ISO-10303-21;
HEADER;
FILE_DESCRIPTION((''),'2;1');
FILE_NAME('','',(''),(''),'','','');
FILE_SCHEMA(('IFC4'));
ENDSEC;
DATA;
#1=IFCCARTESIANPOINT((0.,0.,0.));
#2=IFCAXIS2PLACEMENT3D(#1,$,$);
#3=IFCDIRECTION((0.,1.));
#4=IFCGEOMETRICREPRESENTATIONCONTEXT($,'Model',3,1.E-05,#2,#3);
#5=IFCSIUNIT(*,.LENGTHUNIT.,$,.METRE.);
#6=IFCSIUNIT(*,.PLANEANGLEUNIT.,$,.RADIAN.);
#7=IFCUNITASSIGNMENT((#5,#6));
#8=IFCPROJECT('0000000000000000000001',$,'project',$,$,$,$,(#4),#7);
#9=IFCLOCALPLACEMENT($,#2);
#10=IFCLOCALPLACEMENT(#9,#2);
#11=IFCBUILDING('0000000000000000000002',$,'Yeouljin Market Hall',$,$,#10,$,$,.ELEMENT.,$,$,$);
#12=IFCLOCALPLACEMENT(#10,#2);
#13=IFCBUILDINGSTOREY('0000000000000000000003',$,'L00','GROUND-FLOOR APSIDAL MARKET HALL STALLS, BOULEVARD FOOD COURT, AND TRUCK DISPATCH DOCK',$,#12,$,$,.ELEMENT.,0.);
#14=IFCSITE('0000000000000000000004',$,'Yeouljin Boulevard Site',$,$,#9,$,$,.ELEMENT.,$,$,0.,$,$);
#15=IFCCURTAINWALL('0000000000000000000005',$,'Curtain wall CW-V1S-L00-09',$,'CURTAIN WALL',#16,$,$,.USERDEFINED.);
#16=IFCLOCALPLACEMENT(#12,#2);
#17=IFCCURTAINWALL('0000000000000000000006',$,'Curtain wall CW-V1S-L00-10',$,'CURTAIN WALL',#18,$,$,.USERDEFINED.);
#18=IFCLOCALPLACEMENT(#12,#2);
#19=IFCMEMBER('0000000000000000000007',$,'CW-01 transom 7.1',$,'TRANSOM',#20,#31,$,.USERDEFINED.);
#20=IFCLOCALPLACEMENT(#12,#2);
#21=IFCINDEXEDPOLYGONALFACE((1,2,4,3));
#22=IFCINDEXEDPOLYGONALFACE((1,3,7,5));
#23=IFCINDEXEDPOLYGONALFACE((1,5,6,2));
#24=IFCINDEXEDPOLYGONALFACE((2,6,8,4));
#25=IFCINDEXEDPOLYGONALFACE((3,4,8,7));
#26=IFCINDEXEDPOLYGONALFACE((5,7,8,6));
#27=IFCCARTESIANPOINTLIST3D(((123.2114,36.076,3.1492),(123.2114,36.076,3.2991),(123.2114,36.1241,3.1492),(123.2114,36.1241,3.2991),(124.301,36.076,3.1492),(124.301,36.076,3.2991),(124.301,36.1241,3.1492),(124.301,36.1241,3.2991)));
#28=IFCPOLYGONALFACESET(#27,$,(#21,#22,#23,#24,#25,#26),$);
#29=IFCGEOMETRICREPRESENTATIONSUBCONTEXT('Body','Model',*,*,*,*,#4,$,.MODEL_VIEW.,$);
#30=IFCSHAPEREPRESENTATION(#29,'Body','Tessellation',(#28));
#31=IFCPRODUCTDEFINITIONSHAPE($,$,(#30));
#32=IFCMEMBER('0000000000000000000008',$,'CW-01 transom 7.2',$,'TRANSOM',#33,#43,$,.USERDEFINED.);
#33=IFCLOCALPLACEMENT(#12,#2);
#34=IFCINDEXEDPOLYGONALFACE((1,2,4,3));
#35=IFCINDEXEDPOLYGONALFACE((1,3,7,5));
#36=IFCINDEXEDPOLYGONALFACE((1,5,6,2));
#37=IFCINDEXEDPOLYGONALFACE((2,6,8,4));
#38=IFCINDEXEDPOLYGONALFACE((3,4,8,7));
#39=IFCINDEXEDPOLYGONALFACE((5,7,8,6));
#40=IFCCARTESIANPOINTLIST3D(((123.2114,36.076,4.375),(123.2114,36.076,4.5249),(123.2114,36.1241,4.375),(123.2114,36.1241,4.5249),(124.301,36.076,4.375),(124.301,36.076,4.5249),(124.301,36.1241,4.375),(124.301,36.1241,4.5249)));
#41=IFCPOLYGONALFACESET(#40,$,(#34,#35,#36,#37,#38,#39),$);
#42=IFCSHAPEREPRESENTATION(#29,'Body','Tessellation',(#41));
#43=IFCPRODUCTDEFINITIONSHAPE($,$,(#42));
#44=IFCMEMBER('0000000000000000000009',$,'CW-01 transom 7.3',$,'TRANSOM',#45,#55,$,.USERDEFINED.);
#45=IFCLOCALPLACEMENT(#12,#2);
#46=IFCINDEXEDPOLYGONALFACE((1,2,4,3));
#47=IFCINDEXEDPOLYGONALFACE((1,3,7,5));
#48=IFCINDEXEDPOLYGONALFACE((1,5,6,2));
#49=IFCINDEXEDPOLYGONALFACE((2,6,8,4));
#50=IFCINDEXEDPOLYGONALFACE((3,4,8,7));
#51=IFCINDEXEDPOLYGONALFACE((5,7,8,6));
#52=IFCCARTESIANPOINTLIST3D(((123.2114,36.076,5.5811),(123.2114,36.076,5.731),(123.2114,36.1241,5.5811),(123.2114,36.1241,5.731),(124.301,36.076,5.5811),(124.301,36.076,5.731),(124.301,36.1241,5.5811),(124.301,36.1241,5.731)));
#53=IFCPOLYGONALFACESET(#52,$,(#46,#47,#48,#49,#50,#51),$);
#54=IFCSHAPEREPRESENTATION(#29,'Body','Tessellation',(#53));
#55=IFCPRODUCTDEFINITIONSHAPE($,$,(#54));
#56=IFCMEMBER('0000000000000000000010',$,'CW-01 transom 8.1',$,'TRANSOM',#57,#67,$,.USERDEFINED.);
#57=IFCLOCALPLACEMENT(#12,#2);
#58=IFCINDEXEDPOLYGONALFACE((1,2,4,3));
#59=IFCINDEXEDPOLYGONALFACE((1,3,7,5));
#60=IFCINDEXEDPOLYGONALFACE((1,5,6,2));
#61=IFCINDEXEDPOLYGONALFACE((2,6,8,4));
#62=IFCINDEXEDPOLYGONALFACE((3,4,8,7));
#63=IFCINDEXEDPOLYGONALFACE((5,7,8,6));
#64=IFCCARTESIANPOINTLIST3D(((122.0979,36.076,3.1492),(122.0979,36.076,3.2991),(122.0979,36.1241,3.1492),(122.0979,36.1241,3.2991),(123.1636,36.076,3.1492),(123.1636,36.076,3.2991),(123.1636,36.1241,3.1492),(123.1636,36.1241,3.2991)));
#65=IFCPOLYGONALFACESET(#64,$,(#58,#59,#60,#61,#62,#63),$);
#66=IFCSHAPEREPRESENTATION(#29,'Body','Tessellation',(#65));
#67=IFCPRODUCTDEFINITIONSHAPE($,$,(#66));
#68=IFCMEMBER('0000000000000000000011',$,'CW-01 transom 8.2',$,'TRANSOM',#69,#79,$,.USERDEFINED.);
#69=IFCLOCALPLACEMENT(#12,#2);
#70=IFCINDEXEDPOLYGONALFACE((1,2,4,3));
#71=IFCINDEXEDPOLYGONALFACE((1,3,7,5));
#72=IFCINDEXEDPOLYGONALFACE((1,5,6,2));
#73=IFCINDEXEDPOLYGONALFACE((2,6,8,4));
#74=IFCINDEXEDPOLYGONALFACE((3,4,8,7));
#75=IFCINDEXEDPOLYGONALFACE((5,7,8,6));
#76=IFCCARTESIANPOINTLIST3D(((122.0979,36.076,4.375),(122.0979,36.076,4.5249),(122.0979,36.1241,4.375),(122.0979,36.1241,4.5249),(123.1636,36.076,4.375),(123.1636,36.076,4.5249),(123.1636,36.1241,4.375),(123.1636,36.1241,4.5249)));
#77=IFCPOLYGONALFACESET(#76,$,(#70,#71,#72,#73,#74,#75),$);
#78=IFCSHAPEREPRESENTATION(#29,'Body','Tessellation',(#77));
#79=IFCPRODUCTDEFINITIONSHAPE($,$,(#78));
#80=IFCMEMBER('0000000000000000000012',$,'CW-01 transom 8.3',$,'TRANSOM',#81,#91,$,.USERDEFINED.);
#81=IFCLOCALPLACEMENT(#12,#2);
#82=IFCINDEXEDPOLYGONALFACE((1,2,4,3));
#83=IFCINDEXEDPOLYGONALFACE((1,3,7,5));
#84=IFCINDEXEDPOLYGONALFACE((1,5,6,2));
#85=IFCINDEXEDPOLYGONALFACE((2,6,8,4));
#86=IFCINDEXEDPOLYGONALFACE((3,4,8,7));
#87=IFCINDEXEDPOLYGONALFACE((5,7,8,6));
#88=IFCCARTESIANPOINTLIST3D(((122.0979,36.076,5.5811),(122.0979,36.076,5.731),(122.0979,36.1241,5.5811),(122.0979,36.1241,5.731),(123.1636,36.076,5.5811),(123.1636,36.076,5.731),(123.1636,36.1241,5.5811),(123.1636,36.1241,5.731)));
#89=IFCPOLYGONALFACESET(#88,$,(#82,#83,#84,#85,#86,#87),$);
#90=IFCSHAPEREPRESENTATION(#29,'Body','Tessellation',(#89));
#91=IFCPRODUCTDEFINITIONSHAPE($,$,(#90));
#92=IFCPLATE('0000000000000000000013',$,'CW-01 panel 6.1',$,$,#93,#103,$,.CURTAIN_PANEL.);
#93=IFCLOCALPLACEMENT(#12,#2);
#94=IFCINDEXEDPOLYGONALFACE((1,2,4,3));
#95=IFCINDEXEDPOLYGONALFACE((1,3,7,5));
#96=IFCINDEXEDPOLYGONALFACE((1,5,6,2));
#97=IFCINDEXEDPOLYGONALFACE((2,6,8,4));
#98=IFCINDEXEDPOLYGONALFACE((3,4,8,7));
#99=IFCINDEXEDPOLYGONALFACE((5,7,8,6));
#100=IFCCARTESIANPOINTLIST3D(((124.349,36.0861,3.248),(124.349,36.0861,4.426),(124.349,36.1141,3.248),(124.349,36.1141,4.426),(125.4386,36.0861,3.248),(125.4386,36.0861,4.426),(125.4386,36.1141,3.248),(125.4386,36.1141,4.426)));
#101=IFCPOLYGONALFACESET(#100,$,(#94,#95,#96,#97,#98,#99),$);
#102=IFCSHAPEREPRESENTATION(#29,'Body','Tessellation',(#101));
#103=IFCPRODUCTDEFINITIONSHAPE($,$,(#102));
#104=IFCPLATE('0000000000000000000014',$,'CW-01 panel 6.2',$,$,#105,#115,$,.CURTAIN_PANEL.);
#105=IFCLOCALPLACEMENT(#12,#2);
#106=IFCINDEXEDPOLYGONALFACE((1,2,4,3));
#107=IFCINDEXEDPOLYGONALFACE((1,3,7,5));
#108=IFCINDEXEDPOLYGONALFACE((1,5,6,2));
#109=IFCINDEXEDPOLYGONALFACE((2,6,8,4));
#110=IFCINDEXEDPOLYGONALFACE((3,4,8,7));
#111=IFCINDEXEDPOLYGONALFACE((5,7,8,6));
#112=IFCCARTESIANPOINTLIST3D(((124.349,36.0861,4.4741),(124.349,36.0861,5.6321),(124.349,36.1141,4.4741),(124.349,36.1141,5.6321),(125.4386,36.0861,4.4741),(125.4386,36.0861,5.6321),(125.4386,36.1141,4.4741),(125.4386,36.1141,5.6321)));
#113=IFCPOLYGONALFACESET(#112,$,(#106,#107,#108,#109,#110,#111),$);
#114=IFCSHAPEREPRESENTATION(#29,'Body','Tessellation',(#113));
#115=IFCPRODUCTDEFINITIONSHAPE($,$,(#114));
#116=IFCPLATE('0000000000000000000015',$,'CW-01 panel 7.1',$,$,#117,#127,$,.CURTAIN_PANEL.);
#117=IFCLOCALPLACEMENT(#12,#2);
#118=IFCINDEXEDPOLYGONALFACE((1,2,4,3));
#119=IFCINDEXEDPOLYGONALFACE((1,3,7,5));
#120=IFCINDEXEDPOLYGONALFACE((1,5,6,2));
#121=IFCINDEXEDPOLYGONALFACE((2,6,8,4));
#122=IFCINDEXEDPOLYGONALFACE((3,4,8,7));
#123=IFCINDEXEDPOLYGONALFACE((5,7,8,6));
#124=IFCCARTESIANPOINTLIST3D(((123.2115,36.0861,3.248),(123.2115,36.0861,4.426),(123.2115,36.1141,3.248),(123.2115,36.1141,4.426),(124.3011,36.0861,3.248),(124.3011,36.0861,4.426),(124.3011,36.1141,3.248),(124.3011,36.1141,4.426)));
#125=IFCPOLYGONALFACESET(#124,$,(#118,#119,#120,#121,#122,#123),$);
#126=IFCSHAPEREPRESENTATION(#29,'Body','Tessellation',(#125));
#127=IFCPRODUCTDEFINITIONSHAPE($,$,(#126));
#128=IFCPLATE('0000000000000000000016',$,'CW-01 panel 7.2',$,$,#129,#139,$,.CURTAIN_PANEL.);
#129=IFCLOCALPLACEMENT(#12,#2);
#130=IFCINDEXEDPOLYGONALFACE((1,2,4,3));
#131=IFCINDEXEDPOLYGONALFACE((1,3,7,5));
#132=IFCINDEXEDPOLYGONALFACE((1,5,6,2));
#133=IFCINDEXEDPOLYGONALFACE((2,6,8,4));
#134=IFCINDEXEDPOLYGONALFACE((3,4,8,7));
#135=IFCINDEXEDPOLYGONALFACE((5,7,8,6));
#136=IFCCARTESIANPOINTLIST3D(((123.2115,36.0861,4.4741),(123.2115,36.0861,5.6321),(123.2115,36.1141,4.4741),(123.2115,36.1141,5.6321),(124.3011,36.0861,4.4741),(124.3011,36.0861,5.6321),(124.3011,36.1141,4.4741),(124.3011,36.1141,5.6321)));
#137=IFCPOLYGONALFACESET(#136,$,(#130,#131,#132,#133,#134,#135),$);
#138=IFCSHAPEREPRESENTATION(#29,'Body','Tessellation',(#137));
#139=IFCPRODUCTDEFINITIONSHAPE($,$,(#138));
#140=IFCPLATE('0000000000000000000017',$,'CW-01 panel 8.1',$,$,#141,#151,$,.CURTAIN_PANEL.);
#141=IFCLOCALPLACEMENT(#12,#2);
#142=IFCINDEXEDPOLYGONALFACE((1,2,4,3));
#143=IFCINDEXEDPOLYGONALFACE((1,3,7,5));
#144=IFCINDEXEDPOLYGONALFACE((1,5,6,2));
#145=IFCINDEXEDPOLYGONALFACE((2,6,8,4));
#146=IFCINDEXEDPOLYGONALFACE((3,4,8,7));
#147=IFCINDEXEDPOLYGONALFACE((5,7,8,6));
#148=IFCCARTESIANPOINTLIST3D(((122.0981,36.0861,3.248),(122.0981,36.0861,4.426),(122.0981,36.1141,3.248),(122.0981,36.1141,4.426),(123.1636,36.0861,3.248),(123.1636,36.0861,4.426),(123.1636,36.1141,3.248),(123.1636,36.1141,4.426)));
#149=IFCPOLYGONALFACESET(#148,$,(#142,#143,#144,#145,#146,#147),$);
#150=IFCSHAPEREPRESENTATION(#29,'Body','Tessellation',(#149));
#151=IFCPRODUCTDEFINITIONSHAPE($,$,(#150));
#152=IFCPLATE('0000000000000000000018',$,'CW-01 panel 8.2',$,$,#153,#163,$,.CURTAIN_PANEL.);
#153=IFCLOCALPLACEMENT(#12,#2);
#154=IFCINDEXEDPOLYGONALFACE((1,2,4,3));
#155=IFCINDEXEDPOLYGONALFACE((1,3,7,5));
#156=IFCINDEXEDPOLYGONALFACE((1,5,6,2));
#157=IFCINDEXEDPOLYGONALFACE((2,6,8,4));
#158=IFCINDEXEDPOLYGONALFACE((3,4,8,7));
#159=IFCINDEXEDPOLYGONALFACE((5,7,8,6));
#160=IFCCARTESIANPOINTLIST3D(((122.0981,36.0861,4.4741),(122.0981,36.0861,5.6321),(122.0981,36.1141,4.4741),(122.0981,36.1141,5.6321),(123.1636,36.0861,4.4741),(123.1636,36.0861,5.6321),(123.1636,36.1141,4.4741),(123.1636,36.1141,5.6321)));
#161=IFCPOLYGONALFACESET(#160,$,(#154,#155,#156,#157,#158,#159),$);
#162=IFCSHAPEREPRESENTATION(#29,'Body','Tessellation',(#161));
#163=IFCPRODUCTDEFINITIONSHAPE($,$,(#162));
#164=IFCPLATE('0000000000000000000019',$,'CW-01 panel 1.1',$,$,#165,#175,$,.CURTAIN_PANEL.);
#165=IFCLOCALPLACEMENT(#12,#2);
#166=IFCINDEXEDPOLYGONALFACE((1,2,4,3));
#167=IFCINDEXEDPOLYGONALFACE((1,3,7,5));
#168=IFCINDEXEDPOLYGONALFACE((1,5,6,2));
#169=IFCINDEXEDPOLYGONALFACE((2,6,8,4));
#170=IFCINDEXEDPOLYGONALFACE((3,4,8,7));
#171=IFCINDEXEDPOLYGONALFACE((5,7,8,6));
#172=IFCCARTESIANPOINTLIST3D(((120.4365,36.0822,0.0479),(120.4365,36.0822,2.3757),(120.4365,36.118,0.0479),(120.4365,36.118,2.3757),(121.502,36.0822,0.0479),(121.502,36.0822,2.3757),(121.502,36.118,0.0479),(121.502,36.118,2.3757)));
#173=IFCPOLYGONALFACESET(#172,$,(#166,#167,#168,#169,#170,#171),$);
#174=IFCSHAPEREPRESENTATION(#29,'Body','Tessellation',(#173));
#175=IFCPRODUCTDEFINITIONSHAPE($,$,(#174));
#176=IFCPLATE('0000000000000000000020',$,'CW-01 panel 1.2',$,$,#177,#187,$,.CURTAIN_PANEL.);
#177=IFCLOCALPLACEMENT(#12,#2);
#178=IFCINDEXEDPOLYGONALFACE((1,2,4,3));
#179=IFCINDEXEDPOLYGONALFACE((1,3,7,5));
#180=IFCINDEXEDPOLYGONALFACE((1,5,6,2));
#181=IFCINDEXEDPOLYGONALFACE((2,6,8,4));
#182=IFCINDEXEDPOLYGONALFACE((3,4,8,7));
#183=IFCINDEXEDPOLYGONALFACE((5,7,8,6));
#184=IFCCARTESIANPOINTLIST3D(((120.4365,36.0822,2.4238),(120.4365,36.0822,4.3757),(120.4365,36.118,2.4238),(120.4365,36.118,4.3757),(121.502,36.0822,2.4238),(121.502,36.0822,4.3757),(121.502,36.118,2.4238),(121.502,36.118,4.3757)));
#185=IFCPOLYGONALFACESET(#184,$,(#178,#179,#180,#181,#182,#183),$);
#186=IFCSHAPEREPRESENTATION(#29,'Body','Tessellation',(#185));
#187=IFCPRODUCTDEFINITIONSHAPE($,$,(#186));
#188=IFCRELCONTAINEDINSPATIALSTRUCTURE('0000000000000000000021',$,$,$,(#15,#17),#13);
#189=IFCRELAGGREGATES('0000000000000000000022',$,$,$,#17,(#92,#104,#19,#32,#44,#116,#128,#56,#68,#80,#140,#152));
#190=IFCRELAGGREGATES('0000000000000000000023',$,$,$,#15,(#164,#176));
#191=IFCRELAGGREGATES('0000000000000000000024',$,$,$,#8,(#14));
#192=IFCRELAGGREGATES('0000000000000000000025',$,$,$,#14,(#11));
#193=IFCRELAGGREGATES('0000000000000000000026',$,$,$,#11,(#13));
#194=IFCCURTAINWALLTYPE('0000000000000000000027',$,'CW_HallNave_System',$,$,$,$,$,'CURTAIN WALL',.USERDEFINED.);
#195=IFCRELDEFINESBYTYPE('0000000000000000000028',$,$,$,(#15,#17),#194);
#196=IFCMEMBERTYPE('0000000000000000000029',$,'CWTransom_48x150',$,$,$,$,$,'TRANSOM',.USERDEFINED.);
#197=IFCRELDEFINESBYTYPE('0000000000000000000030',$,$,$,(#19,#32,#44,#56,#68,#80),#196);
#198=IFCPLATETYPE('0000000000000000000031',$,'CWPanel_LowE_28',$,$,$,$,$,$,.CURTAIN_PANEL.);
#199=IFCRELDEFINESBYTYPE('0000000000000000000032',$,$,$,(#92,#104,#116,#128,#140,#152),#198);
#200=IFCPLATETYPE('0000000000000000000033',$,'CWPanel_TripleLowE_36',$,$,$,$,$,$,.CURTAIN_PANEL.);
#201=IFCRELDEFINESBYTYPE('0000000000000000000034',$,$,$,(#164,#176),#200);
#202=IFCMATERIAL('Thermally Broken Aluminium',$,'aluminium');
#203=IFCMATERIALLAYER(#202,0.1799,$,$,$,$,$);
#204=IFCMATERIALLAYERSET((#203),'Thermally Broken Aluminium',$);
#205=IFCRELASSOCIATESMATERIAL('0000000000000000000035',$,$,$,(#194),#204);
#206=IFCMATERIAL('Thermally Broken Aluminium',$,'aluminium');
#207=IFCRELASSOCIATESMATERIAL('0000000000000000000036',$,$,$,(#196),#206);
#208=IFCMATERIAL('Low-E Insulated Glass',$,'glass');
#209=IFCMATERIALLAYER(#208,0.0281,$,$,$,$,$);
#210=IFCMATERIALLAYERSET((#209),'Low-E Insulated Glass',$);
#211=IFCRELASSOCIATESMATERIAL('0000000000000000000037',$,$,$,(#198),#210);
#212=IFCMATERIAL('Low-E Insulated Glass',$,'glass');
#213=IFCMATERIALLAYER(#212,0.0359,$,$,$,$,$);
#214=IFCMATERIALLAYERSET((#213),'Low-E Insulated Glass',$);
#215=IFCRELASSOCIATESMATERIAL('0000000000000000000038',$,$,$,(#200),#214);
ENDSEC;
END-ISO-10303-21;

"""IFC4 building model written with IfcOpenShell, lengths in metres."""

from ifc_helpers import new_model, si_unit, direction, frame, origin, origin_2d, place, context, subcontext, project, spatial, rectangle, extrude, material, layer, layer_set, material_profile, profile_set, type_object, element, aggregate, save


model = new_model("IFC4")

# Units and contexts
model_context = context("Model", 3, precision=1e-05, world=origin(), true_north=direction((0.0, 1.0)))
body_context = subcontext(model_context, "Body", "Model", "MODEL_VIEW")
ifc_project = project(units=[si_unit("LENGTHUNIT", "METRE"), si_unit("PLANEANGLEUNIT", "RADIAN")], contexts=[model_context])

# Site, building, storey
site_placement = place(None, origin())
site = spatial("IfcSite", under=ifc_project, at=site_placement, Name="Yeouljin Boulevard Site", CompositionType="ELEMENT", RefElevation=0.0)
building_placement = place(site_placement, origin())
building = spatial("IfcBuilding", under=site, at=building_placement, Name="Yeouljin Market Hall", CompositionType="ELEMENT")
storey_placement = place(building_placement, origin())
storey = spatial("IfcBuildingStorey", under=building, at=storey_placement, Name="L00", Description="GROUND-FLOOR APSIDAL MARKET HALL STALLS, BOULEVARD FOOD COURT, AND TRUCK DISPATCH DOCK", CompositionType="ELEMENT", Elevation=0.0)

# Curtain walls
ifc_material_1 = material(Name="Thermally Broken Aluminium", Category="aluminium")
ifc_layer_1 = layer(ifc_material_1, 0.1799)
ifc_layer_set_1 = layer_set([ifc_layer_1], Name="Thermally Broken Aluminium")
curtain_wall_type = type_object("IfcCurtainWallType", Name="CW_HallNave_System", ElementType="CURTAIN WALL", PredefinedType="USERDEFINED", material=ifc_layer_set_1)
curtain_wall_1_placement = place(storey_placement, origin())
curtain_wall_1 = element("IfcCurtainWall", 1, at=curtain_wall_1_placement, inside=storey, type_object=curtain_wall_type, Name="Curtain wall CW-V1S-L00-09", ObjectType="CURTAIN WALL", PredefinedType="USERDEFINED")
curtain_wall_2_placement = place(storey_placement, origin())
curtain_wall_2 = element("IfcCurtainWall", 2, at=curtain_wall_2_placement, inside=storey, type_object=curtain_wall_type, Name="Curtain wall CW-V1S-L00-10", ObjectType="CURTAIN WALL", PredefinedType="USERDEFINED")

# Members
ifc_material_2 = material(Name="Thermally Broken Aluminium", Category="aluminium")
ifc_material_profile_1 = material_profile(ifc_material_2, rectangle(XDim=0.0481, YDim=0.1499, at=origin_2d()), Name="CW-TRAN-48x150")
ifc_profile_set_1 = profile_set([ifc_material_profile_1], Name="Thermally Broken Aluminium")
member_type_1 = type_object("IfcMemberType", Name="CWTransom_48x150", ElementType="TRANSOM", PredefinedType="USERDEFINED", material=ifc_profile_set_1)
member_1_placement = place(storey_placement, frame((124.301, 36.1001, 3.2241), z_axis=(-1.0, 0.0, 0.0), x_axis=(0.0, -1.0, 0.0)))
member_1 = element("IfcMember", 3, at=member_1_placement, type_object=member_type_1, Name="CW-01 transom 7.1", ObjectType="TRANSOM", PredefinedType="USERDEFINED", context=body_context, shape_type="SweptSolid", body=[
    extrude(rectangle(XDim=0.0481, YDim=0.1499, at=origin_2d()), origin(), (0.0, 0.0, 1.0), 1.0896),
])
member_2_placement = place(storey_placement, frame((124.301, 36.1001, 4.45), z_axis=(-1.0, 0.0, 0.0), x_axis=(0.0, -1.0, 0.0)))
member_2 = element("IfcMember", 4, at=member_2_placement, type_object=member_type_1, Name="CW-01 transom 7.2", ObjectType="TRANSOM", PredefinedType="USERDEFINED", context=body_context, shape_type="SweptSolid", body=[
    extrude(rectangle(XDim=0.0481, YDim=0.1499, at=origin_2d()), origin(), (0.0, 0.0, 1.0), 1.0896),
])
member_3_placement = place(storey_placement, frame((124.301, 36.1001, 5.656), z_axis=(-1.0, 0.0, 0.0), x_axis=(0.0, -1.0, 0.0)))
member_3 = element("IfcMember", 5, at=member_3_placement, type_object=member_type_1, Name="CW-01 transom 7.3", ObjectType="TRANSOM", PredefinedType="USERDEFINED", context=body_context, shape_type="SweptSolid", body=[
    extrude(rectangle(XDim=0.0481, YDim=0.1499, at=origin_2d()), origin(), (0.0, 0.0, 1.0), 1.0896),
])
member_4_placement = place(storey_placement, frame((123.1636, 36.1001, 3.2241), z_axis=(-1.0, 0.0, 0.0), x_axis=(0.0, -1.0, 0.0)))
member_4 = element("IfcMember", 6, at=member_4_placement, type_object=member_type_1, Name="CW-01 transom 8.1", ObjectType="TRANSOM", PredefinedType="USERDEFINED", context=body_context, shape_type="SweptSolid", body=[
    extrude(rectangle(XDim=0.0481, YDim=0.1499, at=origin_2d()), origin(), (0.0, 0.0, 1.0), 1.0657),
])
member_5_placement = place(storey_placement, frame((123.1636, 36.1001, 4.45), z_axis=(-1.0, 0.0, 0.0), x_axis=(0.0, -1.0, 0.0)))
member_5 = element("IfcMember", 7, at=member_5_placement, type_object=member_type_1, Name="CW-01 transom 8.2", ObjectType="TRANSOM", PredefinedType="USERDEFINED", context=body_context, shape_type="SweptSolid", body=[
    extrude(rectangle(XDim=0.0481, YDim=0.1499, at=origin_2d()), origin(), (0.0, 0.0, 1.0), 1.0657),
])
member_6_placement = place(storey_placement, frame((123.1636, 36.1001, 5.656), z_axis=(-1.0, 0.0, 0.0), x_axis=(0.0, -1.0, 0.0)))
member_6 = element("IfcMember", 8, at=member_6_placement, type_object=member_type_1, Name="CW-01 transom 8.3", ObjectType="TRANSOM", PredefinedType="USERDEFINED", context=body_context, shape_type="SweptSolid", body=[
    extrude(rectangle(XDim=0.0481, YDim=0.1499, at=origin_2d()), origin(), (0.0, 0.0, 1.0), 1.0657),
])

# Plates
ifc_material_3 = material(Name="Low-E Insulated Glass", Category="glass")
ifc_layer_2 = layer(ifc_material_3, 0.0281)
ifc_layer_set_2 = layer_set([ifc_layer_2], Name="Low-E Insulated Glass")
plate_type_1 = type_object("IfcPlateType", Name="CWPanel_LowE_28", PredefinedType="CURTAIN_PANEL", material=ifc_layer_set_2)
plate_1_placement = place(storey_placement, frame((124.8938, 36.1001, 3.248), z_axis=(0.0, 0.0, 1.0), x_axis=(-1.0, 0.0, 0.0)))
plate_1 = element("IfcPlate", 9, at=plate_1_placement, type_object=plate_type_1, Name="CW-01 panel 6.1", PredefinedType="CURTAIN_PANEL", context=body_context, shape_type="SweptSolid", body=[
    extrude(rectangle(XDim=1.0896, YDim=0.0281, at=origin_2d()), origin(), (0.0, 0.0, 1.0), 1.178),
])
plate_2_placement = place(storey_placement, frame((124.8938, 36.1001, 4.4741), z_axis=(0.0, 0.0, 1.0), x_axis=(-1.0, 0.0, 0.0)))
plate_2 = element("IfcPlate", 10, at=plate_2_placement, type_object=plate_type_1, Name="CW-01 panel 6.2", PredefinedType="CURTAIN_PANEL", context=body_context, shape_type="SweptSolid", body=[
    extrude(rectangle(XDim=1.0896, YDim=0.0281, at=origin_2d()), origin(), (0.0, 0.0, 1.0), 1.158),
])
plate_3_placement = place(storey_placement, frame((123.7563, 36.1001, 3.248), z_axis=(0.0, 0.0, 1.0), x_axis=(-1.0, 0.0, 0.0)))
plate_3 = element("IfcPlate", 11, at=plate_3_placement, type_object=plate_type_1, Name="CW-01 panel 7.1", PredefinedType="CURTAIN_PANEL", context=body_context, shape_type="SweptSolid", body=[
    extrude(rectangle(XDim=1.0896, YDim=0.0281, at=origin_2d()), origin(), (0.0, 0.0, 1.0), 1.178),
])
plate_4_placement = place(storey_placement, frame((123.7563, 36.1001, 4.4741), z_axis=(0.0, 0.0, 1.0), x_axis=(-1.0, 0.0, 0.0)))
plate_4 = element("IfcPlate", 12, at=plate_4_placement, type_object=plate_type_1, Name="CW-01 panel 7.2", PredefinedType="CURTAIN_PANEL", context=body_context, shape_type="SweptSolid", body=[
    extrude(rectangle(XDim=1.0896, YDim=0.0281, at=origin_2d()), origin(), (0.0, 0.0, 1.0), 1.158),
])
plate_5_placement = place(storey_placement, frame((122.6309, 36.1001, 3.248), z_axis=(0.0, 0.0, 1.0), x_axis=(-1.0, 0.0, 0.0)))
plate_5 = element("IfcPlate", 13, at=plate_5_placement, type_object=plate_type_1, Name="CW-01 panel 8.1", PredefinedType="CURTAIN_PANEL", context=body_context, shape_type="SweptSolid", body=[
    extrude(rectangle(XDim=1.0654, YDim=0.0281, at=origin_2d()), origin(), (0.0, 0.0, 1.0), 1.178),
])
plate_6_placement = place(storey_placement, frame((122.6309, 36.1001, 4.4741), z_axis=(0.0, 0.0, 1.0), x_axis=(-1.0, 0.0, 0.0)))
plate_6 = element("IfcPlate", 14, at=plate_6_placement, type_object=plate_type_1, Name="CW-01 panel 8.2", PredefinedType="CURTAIN_PANEL", context=body_context, shape_type="SweptSolid", body=[
    extrude(rectangle(XDim=1.0654, YDim=0.0281, at=origin_2d()), origin(), (0.0, 0.0, 1.0), 1.158),
])
aggregate(curtain_wall_2, [plate_1, plate_2, member_1, member_2, member_3, plate_3, plate_4, member_4, member_5, member_6, plate_5, plate_6])
ifc_material_4 = material(Name="Low-E Insulated Glass", Category="glass")
ifc_layer_3 = layer(ifc_material_4, 0.0359)
ifc_layer_set_3 = layer_set([ifc_layer_3], Name="Low-E Insulated Glass")
plate_type_2 = type_object("IfcPlateType", Name="CWPanel_TripleLowE_36", PredefinedType="CURTAIN_PANEL", material=ifc_layer_set_3)
plate_7_placement = place(storey_placement, frame((120.9692, 36.1001, 0.0479), z_axis=(0.0, 0.0, 1.0), x_axis=(-1.0, 0.0, 0.0)))
plate_7 = element("IfcPlate", 15, at=plate_7_placement, type_object=plate_type_2, Name="CW-01 panel 1.1", PredefinedType="CURTAIN_PANEL", context=body_context, shape_type="SweptSolid", body=[
    extrude(rectangle(XDim=1.0654, YDim=0.0359, at=origin_2d()), origin(), (0.0, 0.0, 1.0), 2.3279),
])
plate_8_placement = place(storey_placement, frame((120.9692, 36.1001, 2.4238), z_axis=(0.0, 0.0, 1.0), x_axis=(-1.0, 0.0, 0.0)))
plate_8 = element("IfcPlate", 16, at=plate_8_placement, type_object=plate_type_2, Name="CW-01 panel 1.2", PredefinedType="CURTAIN_PANEL", context=body_context, shape_type="SweptSolid", body=[
    extrude(rectangle(XDim=1.0654, YDim=0.0359, at=origin_2d()), origin(), (0.0, 0.0, 1.0), 1.9519),
])
aggregate(curtain_wall_1, [plate_7, plate_8])

save(model, "model.ifc")
